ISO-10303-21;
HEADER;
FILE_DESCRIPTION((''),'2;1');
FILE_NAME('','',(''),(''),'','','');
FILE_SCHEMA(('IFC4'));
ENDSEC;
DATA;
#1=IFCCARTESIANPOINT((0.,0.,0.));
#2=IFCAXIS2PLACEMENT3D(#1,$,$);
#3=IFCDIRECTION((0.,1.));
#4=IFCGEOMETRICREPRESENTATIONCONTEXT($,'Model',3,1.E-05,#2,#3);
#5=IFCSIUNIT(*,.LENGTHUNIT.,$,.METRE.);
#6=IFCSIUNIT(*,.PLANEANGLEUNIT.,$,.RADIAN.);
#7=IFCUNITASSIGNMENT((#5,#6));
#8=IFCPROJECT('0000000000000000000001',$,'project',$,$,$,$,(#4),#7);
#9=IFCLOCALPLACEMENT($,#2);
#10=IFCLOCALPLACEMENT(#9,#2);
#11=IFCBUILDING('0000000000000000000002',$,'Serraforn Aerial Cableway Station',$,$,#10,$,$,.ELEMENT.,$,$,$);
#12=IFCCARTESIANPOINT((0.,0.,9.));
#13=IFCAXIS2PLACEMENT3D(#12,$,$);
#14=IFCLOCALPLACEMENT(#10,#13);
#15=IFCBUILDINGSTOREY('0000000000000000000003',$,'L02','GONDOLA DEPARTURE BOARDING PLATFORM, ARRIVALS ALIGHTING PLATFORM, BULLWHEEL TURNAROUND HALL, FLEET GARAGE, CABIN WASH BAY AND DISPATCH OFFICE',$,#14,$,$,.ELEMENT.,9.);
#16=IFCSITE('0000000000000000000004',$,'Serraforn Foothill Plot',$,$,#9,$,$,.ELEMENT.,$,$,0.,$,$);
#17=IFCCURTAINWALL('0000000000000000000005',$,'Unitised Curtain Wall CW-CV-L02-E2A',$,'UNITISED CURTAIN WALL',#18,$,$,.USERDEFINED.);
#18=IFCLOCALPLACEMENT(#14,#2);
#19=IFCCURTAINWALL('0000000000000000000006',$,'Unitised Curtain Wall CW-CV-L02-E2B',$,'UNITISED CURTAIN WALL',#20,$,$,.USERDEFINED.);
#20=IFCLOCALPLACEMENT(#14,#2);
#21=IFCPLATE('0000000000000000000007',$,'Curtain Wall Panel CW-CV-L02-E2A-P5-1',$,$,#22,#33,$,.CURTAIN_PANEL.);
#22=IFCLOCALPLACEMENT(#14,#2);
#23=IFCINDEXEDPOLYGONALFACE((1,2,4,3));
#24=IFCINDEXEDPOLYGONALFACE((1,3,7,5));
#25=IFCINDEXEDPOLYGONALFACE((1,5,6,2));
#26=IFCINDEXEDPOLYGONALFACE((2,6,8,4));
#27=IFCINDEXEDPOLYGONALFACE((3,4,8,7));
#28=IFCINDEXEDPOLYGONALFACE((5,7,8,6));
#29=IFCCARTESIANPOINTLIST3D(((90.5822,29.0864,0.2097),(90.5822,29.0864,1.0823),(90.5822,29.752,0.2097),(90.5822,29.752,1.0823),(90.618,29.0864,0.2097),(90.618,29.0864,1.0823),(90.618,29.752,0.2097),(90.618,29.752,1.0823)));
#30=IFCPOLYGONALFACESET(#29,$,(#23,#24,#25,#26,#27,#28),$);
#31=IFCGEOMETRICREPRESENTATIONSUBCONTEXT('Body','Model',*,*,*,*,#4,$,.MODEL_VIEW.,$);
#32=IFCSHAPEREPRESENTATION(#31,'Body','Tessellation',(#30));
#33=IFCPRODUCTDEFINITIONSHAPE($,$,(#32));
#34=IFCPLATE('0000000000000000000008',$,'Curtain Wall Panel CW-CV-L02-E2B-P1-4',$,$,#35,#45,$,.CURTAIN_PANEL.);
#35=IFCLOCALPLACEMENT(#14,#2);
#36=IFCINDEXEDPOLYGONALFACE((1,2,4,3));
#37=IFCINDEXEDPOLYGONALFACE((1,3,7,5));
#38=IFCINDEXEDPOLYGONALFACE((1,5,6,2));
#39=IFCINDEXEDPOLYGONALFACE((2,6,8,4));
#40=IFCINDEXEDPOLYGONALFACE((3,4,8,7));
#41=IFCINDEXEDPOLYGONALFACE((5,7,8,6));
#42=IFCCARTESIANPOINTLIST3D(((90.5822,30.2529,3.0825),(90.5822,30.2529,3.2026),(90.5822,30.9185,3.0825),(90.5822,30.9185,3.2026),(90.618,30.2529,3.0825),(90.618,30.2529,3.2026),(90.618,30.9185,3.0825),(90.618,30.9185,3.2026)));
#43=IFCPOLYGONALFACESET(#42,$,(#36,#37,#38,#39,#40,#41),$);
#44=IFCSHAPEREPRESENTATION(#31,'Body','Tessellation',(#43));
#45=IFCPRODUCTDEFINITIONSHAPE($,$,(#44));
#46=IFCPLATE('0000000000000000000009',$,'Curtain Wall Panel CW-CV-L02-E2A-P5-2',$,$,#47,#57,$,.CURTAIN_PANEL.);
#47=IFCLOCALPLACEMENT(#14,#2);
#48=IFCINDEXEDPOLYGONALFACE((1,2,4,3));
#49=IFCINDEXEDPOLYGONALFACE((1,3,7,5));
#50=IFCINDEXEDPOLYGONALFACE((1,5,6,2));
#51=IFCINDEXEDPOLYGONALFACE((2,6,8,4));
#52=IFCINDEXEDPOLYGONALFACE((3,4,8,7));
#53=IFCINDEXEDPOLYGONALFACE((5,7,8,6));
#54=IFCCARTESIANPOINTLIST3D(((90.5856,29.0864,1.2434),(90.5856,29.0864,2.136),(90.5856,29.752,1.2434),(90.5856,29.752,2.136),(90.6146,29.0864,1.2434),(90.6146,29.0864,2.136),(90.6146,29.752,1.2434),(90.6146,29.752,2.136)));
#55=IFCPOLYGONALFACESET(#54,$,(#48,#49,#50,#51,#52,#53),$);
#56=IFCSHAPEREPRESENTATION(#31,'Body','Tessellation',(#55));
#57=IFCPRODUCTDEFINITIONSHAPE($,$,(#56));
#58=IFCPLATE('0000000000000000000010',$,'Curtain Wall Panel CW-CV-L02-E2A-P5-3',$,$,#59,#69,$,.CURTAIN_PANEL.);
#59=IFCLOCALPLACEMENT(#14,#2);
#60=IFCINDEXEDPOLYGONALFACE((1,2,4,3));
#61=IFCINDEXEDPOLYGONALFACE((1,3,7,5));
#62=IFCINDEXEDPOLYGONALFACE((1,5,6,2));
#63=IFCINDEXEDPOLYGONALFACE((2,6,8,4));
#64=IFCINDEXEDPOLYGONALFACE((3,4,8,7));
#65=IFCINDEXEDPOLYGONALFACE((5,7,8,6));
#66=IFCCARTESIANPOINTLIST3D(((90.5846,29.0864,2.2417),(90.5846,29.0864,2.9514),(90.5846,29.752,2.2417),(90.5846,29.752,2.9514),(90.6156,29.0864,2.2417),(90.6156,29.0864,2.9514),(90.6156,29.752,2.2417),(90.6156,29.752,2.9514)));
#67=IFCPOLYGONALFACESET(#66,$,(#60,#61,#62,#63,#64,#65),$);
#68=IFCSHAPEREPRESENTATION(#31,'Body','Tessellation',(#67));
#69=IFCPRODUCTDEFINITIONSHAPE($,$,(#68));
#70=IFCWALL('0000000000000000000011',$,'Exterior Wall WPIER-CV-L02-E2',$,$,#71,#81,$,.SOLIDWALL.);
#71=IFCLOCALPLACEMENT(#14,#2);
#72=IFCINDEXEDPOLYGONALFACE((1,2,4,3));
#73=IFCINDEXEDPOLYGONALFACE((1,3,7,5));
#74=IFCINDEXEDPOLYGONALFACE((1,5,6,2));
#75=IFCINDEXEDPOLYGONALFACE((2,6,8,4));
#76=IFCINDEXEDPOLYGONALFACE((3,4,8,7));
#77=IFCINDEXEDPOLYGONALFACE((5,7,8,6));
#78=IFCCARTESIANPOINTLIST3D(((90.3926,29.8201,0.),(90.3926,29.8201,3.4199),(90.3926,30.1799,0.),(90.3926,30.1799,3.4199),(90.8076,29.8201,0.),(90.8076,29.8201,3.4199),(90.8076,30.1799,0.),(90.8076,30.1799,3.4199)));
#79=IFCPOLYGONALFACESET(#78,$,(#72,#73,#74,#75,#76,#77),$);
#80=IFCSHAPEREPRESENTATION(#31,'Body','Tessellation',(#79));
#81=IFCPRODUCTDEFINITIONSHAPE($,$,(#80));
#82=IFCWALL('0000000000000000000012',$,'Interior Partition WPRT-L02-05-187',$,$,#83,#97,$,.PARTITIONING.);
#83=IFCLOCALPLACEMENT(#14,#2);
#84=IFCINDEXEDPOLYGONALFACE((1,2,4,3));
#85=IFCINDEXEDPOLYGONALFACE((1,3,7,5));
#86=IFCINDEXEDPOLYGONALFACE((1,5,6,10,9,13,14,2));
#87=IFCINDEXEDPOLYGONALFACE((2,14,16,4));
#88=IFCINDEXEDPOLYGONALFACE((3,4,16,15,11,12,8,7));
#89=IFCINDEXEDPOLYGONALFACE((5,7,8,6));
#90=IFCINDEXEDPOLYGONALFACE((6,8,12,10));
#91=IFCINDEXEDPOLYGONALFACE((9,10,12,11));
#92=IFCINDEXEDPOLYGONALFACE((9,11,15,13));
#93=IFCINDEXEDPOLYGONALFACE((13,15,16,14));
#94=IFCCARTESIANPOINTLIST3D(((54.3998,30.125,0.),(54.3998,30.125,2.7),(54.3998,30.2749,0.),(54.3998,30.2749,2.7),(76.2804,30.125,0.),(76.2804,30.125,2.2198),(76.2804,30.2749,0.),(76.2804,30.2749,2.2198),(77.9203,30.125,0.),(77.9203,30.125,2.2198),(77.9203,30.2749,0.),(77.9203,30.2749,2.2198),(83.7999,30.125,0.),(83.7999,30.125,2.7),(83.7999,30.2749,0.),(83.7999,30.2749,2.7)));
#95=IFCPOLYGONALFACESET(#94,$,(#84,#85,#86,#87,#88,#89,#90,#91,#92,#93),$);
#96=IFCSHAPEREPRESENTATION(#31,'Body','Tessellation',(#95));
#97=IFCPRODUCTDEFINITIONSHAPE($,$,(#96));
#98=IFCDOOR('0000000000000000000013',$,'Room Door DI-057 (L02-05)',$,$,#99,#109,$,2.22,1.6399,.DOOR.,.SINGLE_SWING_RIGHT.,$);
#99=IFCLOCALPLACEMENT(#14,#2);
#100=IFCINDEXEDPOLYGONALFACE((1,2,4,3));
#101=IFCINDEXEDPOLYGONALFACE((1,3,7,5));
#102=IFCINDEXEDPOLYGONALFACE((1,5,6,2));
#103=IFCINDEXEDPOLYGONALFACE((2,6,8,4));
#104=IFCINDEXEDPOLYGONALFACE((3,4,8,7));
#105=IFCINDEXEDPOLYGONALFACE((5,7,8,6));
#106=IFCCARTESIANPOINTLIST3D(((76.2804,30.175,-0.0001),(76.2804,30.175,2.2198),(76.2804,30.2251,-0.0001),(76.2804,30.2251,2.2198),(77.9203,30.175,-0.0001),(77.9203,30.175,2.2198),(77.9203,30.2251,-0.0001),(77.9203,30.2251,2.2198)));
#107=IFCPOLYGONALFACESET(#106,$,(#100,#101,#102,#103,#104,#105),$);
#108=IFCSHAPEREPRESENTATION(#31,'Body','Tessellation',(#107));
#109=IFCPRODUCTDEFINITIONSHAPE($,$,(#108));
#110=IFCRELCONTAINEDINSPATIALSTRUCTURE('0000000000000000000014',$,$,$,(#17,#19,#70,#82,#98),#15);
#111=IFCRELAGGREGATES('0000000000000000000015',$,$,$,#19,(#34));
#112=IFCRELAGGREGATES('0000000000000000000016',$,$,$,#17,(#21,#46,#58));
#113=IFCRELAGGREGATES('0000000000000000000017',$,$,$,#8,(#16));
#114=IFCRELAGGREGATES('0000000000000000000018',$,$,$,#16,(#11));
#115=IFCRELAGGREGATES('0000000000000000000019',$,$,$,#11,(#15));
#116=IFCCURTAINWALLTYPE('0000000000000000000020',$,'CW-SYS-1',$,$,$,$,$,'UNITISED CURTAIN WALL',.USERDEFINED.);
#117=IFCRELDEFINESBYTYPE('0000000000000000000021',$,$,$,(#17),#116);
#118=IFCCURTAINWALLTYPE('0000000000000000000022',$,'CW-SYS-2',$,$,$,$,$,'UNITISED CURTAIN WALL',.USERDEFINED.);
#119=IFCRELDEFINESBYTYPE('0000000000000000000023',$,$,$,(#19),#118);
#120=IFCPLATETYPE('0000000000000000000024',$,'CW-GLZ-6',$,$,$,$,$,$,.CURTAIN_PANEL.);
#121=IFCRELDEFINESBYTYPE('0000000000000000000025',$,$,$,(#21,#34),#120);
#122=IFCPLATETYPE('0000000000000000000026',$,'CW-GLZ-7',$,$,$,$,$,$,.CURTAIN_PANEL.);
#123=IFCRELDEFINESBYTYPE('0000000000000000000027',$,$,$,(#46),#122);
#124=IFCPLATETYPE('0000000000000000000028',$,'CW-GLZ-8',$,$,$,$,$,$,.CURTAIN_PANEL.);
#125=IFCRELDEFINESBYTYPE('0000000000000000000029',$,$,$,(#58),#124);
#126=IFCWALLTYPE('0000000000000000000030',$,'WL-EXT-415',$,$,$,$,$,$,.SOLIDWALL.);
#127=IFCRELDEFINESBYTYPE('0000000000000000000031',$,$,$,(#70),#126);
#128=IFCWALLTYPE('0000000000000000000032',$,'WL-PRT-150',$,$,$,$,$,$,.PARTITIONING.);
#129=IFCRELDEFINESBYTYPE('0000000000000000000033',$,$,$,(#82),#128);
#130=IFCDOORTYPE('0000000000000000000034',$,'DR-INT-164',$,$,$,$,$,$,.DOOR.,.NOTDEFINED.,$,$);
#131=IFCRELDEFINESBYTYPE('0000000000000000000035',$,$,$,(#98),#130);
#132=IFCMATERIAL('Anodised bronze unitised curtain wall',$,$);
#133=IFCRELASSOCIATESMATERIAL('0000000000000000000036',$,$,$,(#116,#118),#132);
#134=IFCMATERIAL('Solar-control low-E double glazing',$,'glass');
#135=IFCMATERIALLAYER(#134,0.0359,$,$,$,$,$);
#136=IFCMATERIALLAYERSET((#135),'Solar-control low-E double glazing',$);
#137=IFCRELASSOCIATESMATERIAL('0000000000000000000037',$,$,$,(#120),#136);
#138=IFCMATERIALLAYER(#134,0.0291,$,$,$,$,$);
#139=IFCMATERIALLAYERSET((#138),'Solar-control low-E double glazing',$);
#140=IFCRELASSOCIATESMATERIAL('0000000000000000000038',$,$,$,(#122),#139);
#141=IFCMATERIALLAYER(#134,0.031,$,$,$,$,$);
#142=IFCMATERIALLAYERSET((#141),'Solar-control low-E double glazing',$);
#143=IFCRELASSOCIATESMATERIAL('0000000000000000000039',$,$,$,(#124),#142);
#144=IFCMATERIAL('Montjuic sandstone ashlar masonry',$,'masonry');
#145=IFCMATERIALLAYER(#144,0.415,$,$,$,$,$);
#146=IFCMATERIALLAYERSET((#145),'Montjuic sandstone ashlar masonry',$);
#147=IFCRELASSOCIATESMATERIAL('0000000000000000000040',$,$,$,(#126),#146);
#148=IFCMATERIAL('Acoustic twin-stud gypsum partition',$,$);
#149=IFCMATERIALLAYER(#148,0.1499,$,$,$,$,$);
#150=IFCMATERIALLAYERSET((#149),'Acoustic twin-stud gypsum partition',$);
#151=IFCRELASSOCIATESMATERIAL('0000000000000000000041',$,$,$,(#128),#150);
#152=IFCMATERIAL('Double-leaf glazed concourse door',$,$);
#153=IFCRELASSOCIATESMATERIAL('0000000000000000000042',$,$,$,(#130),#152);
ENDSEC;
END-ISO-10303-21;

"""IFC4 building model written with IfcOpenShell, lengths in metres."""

from ifc_helpers import new_model, si_unit, direction, frame, frame_2d, origin, origin_2d, place, context, subcontext, project, spatial, rectangle, extrude, material, layer, layer_set, type_object, element, fill, aggregate, save


model = new_model("IFC4")

# Units and contexts
model_context = context("Model", 3, precision=1e-05, world=origin(), true_north=direction((0.0, 1.0)))
body_context = subcontext(model_context, "Body", "Model", "MODEL_VIEW")
ifc_project = project(units=[si_unit("LENGTHUNIT", "METRE"), si_unit("PLANEANGLEUNIT", "RADIAN")], contexts=[model_context])

# Site, building, storey
site_placement = place(None, origin())
site = spatial("IfcSite", under=ifc_project, at=site_placement, Name="Serraforn Foothill Plot", CompositionType="ELEMENT", RefElevation=0.0)
building_placement = place(site_placement, origin())
building = spatial("IfcBuilding", under=site, at=building_placement, Name="Serraforn Aerial Cableway Station", CompositionType="ELEMENT")
storey_placement = place(building_placement, frame((0.0, 0.0, 9.0)))
storey = spatial("IfcBuildingStorey", under=building, at=storey_placement, Name="L02", Description="GONDOLA DEPARTURE BOARDING PLATFORM, ARRIVALS ALIGHTING PLATFORM, BULLWHEEL TURNAROUND HALL, FLEET GARAGE, CABIN WASH BAY AND DISPATCH OFFICE", CompositionType="ELEMENT", Elevation=9.0)

# Curtain wall
ifc_material_1 = material(Name="Anodised bronze unitised curtain wall")
curtain_wall_type_1 = type_object("IfcCurtainWallType", Name="CW-SYS-1", ElementType="UNITISED CURTAIN WALL", PredefinedType="USERDEFINED", material=ifc_material_1)
curtain_wall_1_placement = place(storey_placement, origin())
curtain_wall_1 = element("IfcCurtainWall", 1, at=curtain_wall_1_placement, inside=storey, type_object=curtain_wall_type_1, Name="Unitised Curtain Wall CW-CV-L02-E2A", ObjectType="UNITISED CURTAIN WALL", PredefinedType="USERDEFINED")

# Curtain wall
curtain_wall_type_2 = type_object("IfcCurtainWallType", Name="CW-SYS-2", ElementType="UNITISED CURTAIN WALL", PredefinedType="USERDEFINED", material=ifc_material_1)
curtain_wall_2_placement = place(storey_placement, origin())
curtain_wall_2 = element("IfcCurtainWall", 2, at=curtain_wall_2_placement, inside=storey, type_object=curtain_wall_type_2, Name="Unitised Curtain Wall CW-CV-L02-E2B", ObjectType="UNITISED CURTAIN WALL", PredefinedType="USERDEFINED")

# Plates
ifc_material_2 = material(Name="Solar-control low-E double glazing", Category="glass")
ifc_layer_1 = layer(ifc_material_2, 0.0359)
ifc_layer_set_1 = layer_set([ifc_layer_1], Name="Solar-control low-E double glazing")
plate_type_1 = type_object("IfcPlateType", Name="CW-GLZ-6", PredefinedType="CURTAIN_PANEL", material=ifc_layer_set_1)
plate_1_placement = place(storey_placement, frame((90.6001, 29.4192, 0.2097), z_axis=(0.0, 0.0, 1.0), x_axis=(1.0, 0.0, 0.0)))
plate_1 = element("IfcPlate", 3, at=plate_1_placement, type_object=plate_type_1, Name="Curtain Wall Panel CW-CV-L02-E2A-P5-1", PredefinedType="CURTAIN_PANEL", context=body_context, shape_type="SweptSolid", body=[
    extrude(rectangle(XDim=0.0359, YDim=0.6655, at=origin_2d()), origin(), (0.0, 0.0, 1.0), 0.8726),
])
plate_2_placement = place(storey_placement, frame((90.6001, 30.5857, 3.0825), z_axis=(0.0, 0.0, 1.0), x_axis=(1.0, 0.0, 0.0)))
plate_2 = element("IfcPlate", 4, at=plate_2_placement, type_object=plate_type_1, Name="Curtain Wall Panel CW-CV-L02-E2B-P1-4", PredefinedType="CURTAIN_PANEL", context=body_context, shape_type="SweptSolid", body=[
    extrude(rectangle(XDim=0.0359, YDim=0.6655, at=origin_2d()), origin(), (0.0, 0.0, 1.0), 0.1201),
])
aggregate(curtain_wall_2, [plate_2])
ifc_layer_2 = layer(ifc_material_2, 0.0291)
ifc_layer_set_2 = layer_set([ifc_layer_2], Name="Solar-control low-E double glazing")
plate_type_2 = type_object("IfcPlateType", Name="CW-GLZ-7", PredefinedType="CURTAIN_PANEL", material=ifc_layer_set_2)
plate_3_placement = place(storey_placement, frame((90.6001, 29.4192, 1.2434), z_axis=(0.0, 0.0, 1.0), x_axis=(1.0, 0.0, 0.0)))
plate_3 = element("IfcPlate", 5, at=plate_3_placement, type_object=plate_type_2, Name="Curtain Wall Panel CW-CV-L02-E2A-P5-2", PredefinedType="CURTAIN_PANEL", context=body_context, shape_type="SweptSolid", body=[
    extrude(rectangle(XDim=0.0291, YDim=0.6655, at=origin_2d()), origin(), (0.0, 0.0, 1.0), 0.8926),
])
ifc_layer_3 = layer(ifc_material_2, 0.031)
ifc_layer_set_3 = layer_set([ifc_layer_3], Name="Solar-control low-E double glazing")
plate_type_3 = type_object("IfcPlateType", Name="CW-GLZ-8", PredefinedType="CURTAIN_PANEL", material=ifc_layer_set_3)
plate_4_placement = place(storey_placement, frame((90.6001, 29.4192, 2.2417), z_axis=(0.0, 0.0, 1.0), x_axis=(1.0, 0.0, 0.0)))
plate_4 = element("IfcPlate", 6, at=plate_4_placement, type_object=plate_type_3, Name="Curtain Wall Panel CW-CV-L02-E2A-P5-3", PredefinedType="CURTAIN_PANEL", context=body_context, shape_type="SweptSolid", body=[
    extrude(rectangle(XDim=0.031, YDim=0.6655, at=origin_2d()), origin(), (0.0, 0.0, 1.0), 0.7097),
])
aggregate(curtain_wall_1, [plate_1, plate_3, plate_4])

# Wall
ifc_material_3 = material(Name="Montjuic sandstone ashlar masonry", Category="masonry")
ifc_layer_4 = layer(ifc_material_3, 0.415)
ifc_layer_set_4 = layer_set([ifc_layer_4], Name="Montjuic sandstone ashlar masonry")
wall_type_1 = type_object("IfcWallType", Name="WL-EXT-415", PredefinedType="SOLIDWALL", material=ifc_layer_set_4)
wall_1_placement = place(storey_placement, frame((90.6001, 29.8201, 0.0), z_axis=(0.0, 0.0, 1.0), x_axis=(0.0, 1.0, 0.0)))
element("IfcWall", 7, at=wall_1_placement, inside=storey, type_object=wall_type_1, Name="Exterior Wall WPIER-CV-L02-E2", PredefinedType="SOLIDWALL", context=body_context, shape_type="SweptSolid", body=[
    extrude(rectangle(XDim=0.3599, YDim=0.415, at=frame_2d((0.1799, 0.0))), origin(), (0.0, 0.0, 1.0), 3.4199),
])

# Wall, opening, door
ifc_material_4 = material(Name="Acoustic twin-stud gypsum partition")
ifc_layer_5 = layer(ifc_material_4, 0.1499)
ifc_layer_set_5 = layer_set([ifc_layer_5], Name="Acoustic twin-stud gypsum partition")
wall_type_2 = type_object("IfcWallType", Name="WL-PRT-150", PredefinedType="PARTITIONING", material=ifc_layer_set_5)
wall_2_placement = place(storey_placement, frame((83.8, 30.2, 0.0), z_axis=(0.0, 0.0, 1.0), x_axis=(-1.0, 0.0, 0.0)))
wall_2 = element("IfcWall", 8, at=wall_2_placement, inside=storey, type_object=wall_type_2, Name="Interior Partition WPRT-L02-05-187", PredefinedType="PARTITIONING", context=body_context, shape_type="SweptSolid", body=[
    extrude(rectangle(XDim=29.4001, YDim=0.1499, at=frame_2d((14.7002, 0.0))), origin(), (0.0, 0.0, 1.0), 2.7),
])
opening_placement = place(wall_2_placement, frame((5.8799, 0.0, 0.0)))
opening = element("IfcOpeningElement", 9, at=opening_placement, cuts=wall_2, PredefinedType="OPENING", context=body_context, shape_type="SweptSolid", body=[
    extrude(rectangle(XDim=1.6399, YDim=2.22, at=frame_2d((0.8198, 1.1099))), frame((0.0, 0.085, 0.0), z_axis=(0.0, -1.0, 0.0), x_axis=(1.0, 0.0, 0.0)), (0.0, 0.0, 1.0), 0.1699),
])
ifc_material_5 = material(Name="Double-leaf glazed concourse door")
door_type = type_object("IfcDoorType", Name="DR-INT-164", OperationType="NOTDEFINED", PredefinedType="DOOR", material=ifc_material_5)
door_placement = place(opening_placement, origin())
door = element("IfcDoor", 10, at=door_placement, inside=storey, type_object=door_type, Name="Room Door DI-057 (L02-05)", OperationType="SINGLE_SWING_RIGHT", OverallHeight=2.22, OverallWidth=1.6399, PredefinedType="DOOR", context=body_context, shape_type="SweptSolid", body=[
    extrude(rectangle(XDim=1.6399, YDim=2.22, at=frame_2d((0.8198, 1.1099))), frame((0.0, 0.0249, 0.0), z_axis=(0.0, -1.0, 0.0), x_axis=(1.0, 0.0, 0.0)), (0.0, 0.0, 1.0), 0.05),
])
fill(opening, door)

save(model, "model.ifc")
